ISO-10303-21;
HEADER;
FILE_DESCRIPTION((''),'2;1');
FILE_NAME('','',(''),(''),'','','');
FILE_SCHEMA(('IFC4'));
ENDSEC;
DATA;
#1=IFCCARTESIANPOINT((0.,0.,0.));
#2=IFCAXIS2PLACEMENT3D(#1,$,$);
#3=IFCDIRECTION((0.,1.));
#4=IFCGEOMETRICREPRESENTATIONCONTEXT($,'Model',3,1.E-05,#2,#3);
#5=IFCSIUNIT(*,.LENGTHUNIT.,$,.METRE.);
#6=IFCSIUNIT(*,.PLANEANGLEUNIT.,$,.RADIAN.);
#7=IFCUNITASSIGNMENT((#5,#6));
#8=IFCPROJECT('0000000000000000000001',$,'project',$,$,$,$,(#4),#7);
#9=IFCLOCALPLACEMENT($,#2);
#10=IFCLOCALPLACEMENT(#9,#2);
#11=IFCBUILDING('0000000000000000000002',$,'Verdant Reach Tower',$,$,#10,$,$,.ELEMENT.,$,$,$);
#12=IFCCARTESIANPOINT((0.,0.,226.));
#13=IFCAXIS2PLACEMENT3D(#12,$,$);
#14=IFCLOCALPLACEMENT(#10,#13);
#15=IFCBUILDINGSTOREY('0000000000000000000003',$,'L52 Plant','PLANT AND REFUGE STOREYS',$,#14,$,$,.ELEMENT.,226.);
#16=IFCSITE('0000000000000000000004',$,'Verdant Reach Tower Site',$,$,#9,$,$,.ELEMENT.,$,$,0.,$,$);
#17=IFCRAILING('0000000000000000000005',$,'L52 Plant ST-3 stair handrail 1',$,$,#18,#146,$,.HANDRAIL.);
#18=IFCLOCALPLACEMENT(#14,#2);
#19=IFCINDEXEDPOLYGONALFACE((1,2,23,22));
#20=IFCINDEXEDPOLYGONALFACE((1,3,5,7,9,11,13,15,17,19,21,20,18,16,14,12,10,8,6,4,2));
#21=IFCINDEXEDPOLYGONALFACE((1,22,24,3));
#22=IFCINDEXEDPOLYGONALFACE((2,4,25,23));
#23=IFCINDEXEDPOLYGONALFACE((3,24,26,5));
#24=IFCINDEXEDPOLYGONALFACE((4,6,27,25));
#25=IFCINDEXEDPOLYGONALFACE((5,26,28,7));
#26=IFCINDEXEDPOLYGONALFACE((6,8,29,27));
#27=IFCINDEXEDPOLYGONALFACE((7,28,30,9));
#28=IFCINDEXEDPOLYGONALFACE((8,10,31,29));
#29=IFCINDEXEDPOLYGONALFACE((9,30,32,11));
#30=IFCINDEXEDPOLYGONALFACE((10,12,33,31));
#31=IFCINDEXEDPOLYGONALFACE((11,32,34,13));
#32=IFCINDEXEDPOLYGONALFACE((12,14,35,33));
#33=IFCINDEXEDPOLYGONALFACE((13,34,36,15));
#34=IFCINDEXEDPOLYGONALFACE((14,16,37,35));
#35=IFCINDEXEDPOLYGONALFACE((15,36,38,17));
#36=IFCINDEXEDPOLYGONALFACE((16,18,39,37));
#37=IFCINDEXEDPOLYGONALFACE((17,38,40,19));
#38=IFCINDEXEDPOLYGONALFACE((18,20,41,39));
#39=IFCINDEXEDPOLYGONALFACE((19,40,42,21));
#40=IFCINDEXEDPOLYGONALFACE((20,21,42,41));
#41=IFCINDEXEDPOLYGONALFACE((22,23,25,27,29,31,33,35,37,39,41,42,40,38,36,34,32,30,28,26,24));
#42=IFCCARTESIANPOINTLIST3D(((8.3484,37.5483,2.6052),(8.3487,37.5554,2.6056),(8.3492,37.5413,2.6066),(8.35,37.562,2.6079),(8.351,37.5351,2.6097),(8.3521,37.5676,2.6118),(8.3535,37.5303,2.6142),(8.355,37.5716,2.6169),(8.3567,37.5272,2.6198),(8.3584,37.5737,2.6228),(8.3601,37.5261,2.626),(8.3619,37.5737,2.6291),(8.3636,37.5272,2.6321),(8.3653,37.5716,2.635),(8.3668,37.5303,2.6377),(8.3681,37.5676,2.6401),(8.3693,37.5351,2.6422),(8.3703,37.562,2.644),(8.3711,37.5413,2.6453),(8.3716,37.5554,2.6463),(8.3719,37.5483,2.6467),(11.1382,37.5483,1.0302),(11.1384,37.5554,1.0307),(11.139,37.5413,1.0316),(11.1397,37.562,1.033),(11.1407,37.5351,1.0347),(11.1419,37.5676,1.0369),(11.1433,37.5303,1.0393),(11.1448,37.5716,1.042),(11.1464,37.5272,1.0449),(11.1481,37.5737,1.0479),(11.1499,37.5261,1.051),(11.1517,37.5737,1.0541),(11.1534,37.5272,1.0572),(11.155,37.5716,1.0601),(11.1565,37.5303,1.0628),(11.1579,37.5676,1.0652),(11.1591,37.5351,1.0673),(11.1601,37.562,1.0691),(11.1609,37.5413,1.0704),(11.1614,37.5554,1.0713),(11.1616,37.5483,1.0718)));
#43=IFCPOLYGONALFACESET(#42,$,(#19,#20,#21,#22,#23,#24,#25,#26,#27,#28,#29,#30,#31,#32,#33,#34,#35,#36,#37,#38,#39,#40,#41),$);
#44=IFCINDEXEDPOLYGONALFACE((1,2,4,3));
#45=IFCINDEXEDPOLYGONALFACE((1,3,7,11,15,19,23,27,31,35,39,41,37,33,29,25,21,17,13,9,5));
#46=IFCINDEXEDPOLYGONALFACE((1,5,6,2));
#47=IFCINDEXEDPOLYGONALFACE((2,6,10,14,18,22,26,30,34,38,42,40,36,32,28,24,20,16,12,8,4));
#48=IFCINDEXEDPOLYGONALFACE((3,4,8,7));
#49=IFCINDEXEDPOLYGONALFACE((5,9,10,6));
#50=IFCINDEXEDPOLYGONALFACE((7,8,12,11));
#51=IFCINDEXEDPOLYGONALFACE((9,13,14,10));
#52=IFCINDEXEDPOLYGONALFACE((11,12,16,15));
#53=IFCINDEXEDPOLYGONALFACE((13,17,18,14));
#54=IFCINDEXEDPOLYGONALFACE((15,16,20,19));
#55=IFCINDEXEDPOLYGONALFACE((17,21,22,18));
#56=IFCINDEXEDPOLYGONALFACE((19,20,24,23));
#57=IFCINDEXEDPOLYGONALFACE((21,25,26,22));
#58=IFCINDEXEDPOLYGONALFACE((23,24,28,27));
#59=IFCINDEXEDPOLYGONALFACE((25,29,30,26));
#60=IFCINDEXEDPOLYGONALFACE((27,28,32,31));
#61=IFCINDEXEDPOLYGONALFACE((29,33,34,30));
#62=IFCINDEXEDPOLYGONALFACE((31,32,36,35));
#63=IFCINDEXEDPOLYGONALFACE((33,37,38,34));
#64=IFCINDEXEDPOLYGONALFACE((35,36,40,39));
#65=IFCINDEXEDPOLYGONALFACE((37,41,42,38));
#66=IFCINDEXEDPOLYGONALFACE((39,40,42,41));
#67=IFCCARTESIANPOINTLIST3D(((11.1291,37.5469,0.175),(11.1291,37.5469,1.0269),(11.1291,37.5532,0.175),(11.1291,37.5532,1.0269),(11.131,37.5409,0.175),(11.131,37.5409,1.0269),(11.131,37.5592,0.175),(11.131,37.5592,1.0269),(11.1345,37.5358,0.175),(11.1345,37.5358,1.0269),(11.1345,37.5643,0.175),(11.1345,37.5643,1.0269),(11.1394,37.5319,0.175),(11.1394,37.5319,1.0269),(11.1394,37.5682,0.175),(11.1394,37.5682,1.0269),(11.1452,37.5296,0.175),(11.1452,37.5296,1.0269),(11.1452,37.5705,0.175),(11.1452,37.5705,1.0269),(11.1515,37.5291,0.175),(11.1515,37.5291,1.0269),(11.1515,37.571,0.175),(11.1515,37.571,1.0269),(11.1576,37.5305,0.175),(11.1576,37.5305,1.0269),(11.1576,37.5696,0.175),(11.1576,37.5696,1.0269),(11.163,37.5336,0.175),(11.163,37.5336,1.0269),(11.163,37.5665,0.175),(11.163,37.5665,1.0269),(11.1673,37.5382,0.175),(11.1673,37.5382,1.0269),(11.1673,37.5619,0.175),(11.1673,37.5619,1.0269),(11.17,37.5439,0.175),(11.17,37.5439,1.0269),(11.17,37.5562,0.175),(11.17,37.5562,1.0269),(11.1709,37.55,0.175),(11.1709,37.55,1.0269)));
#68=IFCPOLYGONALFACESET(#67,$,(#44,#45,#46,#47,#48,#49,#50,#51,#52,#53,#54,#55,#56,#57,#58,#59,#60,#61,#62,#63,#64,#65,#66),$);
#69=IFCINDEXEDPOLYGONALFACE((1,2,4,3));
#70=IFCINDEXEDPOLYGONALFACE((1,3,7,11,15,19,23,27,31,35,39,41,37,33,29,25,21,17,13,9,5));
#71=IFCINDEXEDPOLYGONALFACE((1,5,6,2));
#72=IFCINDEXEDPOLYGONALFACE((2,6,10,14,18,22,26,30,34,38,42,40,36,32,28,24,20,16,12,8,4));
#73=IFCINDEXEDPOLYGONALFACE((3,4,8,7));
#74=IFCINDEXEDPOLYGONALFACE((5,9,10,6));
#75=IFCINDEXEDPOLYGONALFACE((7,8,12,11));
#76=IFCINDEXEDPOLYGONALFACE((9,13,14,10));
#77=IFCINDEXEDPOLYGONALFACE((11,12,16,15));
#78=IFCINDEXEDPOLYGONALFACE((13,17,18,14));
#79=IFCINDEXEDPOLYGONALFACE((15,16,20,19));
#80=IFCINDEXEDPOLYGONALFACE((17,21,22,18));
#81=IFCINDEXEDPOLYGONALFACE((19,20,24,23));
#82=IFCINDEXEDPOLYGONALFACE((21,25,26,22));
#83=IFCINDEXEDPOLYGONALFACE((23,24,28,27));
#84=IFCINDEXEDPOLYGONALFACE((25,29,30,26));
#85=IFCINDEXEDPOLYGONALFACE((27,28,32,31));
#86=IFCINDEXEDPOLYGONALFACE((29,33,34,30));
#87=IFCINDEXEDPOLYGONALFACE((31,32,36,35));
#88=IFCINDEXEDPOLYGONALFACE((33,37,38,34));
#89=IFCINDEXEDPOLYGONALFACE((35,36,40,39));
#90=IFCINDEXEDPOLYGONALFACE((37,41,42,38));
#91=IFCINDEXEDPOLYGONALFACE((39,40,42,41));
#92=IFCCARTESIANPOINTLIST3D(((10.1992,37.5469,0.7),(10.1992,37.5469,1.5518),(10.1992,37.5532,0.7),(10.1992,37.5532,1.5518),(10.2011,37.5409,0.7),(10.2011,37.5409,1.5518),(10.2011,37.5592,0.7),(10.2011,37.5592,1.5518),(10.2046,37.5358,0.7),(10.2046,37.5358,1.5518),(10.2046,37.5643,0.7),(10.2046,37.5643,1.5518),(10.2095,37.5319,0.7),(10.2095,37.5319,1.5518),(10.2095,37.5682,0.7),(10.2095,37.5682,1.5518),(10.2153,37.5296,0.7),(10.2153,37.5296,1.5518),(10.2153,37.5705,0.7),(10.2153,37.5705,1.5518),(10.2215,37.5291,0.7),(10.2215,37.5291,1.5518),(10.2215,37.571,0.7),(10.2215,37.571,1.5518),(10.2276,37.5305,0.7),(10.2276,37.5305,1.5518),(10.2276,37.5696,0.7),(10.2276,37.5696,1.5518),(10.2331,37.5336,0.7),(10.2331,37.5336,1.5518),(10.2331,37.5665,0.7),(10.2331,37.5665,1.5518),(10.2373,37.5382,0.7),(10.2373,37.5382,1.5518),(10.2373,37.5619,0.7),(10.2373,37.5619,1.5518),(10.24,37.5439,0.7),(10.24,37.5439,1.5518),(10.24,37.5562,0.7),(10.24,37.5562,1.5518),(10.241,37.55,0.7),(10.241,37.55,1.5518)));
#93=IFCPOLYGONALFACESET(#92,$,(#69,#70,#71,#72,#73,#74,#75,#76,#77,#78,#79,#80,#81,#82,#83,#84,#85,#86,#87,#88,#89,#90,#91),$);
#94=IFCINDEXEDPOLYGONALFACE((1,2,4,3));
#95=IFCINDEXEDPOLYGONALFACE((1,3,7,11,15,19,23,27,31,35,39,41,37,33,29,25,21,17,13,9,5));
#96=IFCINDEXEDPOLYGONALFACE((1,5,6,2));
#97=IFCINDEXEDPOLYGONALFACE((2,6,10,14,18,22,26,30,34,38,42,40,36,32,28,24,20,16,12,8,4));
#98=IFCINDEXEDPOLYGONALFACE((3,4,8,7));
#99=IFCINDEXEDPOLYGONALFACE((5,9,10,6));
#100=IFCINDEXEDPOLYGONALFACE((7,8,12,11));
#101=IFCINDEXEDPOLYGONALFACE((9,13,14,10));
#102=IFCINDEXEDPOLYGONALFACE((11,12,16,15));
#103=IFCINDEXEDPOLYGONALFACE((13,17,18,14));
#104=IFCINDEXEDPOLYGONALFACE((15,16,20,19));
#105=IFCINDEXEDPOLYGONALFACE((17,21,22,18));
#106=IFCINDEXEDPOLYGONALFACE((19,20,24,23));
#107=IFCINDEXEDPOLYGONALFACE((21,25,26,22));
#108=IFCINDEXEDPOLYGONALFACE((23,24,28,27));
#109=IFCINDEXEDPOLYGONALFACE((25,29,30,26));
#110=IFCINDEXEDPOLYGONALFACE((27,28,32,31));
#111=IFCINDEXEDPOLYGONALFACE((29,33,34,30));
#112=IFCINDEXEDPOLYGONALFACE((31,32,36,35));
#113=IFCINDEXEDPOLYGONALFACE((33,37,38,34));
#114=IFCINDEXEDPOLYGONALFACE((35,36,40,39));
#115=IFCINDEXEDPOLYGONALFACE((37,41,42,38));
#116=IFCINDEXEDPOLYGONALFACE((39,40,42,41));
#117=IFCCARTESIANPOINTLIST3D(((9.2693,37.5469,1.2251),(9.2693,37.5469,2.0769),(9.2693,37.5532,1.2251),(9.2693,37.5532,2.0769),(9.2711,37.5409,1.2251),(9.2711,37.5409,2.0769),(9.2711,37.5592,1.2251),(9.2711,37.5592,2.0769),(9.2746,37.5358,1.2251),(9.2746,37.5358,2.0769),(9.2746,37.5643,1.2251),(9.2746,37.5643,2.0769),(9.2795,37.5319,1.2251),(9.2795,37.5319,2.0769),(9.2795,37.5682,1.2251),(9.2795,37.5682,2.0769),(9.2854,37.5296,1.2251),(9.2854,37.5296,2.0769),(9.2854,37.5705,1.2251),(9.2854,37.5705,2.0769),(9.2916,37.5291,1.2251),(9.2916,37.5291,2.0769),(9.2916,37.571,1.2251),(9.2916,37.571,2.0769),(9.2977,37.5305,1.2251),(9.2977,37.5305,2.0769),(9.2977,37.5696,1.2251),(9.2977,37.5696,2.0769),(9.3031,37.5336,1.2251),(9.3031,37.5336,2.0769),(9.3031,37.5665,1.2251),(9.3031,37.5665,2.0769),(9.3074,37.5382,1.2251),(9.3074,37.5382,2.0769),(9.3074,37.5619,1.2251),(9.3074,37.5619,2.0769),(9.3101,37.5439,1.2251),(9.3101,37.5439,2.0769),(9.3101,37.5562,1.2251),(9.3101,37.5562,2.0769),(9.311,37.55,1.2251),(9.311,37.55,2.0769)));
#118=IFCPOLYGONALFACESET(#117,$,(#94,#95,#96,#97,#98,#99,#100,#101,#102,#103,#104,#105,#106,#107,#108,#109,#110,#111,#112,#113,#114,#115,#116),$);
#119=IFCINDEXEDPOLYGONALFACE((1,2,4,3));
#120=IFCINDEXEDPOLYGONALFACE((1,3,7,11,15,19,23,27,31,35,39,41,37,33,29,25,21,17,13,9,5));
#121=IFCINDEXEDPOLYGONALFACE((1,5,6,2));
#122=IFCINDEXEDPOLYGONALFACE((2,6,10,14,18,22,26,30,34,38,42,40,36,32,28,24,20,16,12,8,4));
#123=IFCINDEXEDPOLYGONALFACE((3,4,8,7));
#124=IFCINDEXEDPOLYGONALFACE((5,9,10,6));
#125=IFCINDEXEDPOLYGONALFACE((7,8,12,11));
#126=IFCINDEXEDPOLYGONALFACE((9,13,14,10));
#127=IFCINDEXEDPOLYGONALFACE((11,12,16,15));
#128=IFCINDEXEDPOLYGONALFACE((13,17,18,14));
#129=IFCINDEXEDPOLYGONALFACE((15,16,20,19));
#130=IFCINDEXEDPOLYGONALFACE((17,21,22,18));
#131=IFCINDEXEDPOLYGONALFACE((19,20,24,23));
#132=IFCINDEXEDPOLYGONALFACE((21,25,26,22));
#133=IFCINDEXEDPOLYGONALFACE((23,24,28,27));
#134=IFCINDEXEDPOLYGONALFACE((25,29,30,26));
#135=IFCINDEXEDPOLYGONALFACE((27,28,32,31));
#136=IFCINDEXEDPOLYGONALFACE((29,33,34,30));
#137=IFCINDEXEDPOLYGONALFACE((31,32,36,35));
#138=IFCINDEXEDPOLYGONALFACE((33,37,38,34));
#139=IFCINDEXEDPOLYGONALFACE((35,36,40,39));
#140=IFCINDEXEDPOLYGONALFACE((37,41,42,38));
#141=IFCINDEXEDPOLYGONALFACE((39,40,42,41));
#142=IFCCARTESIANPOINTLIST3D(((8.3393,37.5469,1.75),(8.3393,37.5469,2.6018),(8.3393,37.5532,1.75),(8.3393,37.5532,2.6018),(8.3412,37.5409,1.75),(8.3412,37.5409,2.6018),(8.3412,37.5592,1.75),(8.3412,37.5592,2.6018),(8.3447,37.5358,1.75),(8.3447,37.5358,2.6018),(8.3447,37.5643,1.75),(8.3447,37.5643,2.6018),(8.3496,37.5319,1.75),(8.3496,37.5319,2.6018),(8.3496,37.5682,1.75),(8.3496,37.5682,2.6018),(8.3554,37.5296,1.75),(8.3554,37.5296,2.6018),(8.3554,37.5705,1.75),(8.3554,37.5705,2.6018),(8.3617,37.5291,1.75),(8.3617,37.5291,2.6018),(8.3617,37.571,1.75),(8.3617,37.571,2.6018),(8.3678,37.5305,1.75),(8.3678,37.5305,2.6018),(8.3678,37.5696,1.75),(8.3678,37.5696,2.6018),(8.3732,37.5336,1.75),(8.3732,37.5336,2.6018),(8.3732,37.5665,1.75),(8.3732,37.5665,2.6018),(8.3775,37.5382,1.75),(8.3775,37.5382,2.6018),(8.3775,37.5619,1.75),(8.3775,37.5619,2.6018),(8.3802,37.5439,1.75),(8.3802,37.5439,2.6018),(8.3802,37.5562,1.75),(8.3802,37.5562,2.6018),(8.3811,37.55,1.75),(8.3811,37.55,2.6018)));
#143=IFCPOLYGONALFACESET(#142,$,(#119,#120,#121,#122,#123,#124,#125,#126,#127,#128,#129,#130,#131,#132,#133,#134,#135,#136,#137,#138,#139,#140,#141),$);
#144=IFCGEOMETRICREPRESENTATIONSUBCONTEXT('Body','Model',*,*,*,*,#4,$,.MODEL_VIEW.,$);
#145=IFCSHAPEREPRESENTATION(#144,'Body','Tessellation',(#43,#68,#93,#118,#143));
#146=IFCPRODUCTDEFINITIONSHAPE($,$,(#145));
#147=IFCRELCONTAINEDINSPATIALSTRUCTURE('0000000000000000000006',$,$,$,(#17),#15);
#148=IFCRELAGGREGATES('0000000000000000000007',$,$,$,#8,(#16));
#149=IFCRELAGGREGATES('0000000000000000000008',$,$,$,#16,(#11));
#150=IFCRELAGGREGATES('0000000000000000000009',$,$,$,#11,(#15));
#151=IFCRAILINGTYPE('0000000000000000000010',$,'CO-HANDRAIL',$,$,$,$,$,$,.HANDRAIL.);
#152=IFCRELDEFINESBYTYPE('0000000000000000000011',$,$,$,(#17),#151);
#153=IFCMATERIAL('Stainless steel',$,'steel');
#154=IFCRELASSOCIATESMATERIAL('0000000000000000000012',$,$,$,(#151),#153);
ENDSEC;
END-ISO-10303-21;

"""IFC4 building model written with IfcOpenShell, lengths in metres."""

from ifc_helpers import new_model, si_unit, direction, frame, origin, origin_2d, place, context, subcontext, project, spatial, circle, extrude, material, type_object, element, save


model = new_model("IFC4")

# Units and contexts
model_context = context("Model", 3, precision=1e-05, world=origin(), true_north=direction((0.0, 1.0)))
body_context = subcontext(model_context, "Body", "Model", "MODEL_VIEW")
ifc_project = project(units=[si_unit("LENGTHUNIT", "METRE"), si_unit("PLANEANGLEUNIT", "RADIAN")], contexts=[model_context])

# Site, building, storey
site_placement = place(None, origin())
site = spatial("IfcSite", under=ifc_project, at=site_placement, Name="Verdant Reach Tower Site", CompositionType="ELEMENT", RefElevation=0.0)
building_placement = place(site_placement, origin())
building = spatial("IfcBuilding", under=site, at=building_placement, Name="Verdant Reach Tower", CompositionType="ELEMENT")
storey_placement = place(building_placement, frame((0.0, 0.0, 226.0)))
storey = spatial("IfcBuildingStorey", under=building, at=storey_placement, Name="L52 Plant", Description="PLANT AND REFUGE STOREYS", CompositionType="ELEMENT", Elevation=226.0)

# Railing
ifc_material_1 = material(Name="Stainless steel", Category="steel")
railing_type = type_object("IfcRailingType", Name="CO-HANDRAIL", PredefinedType="HANDRAIL", material=ifc_material_1)
for number, where, name in (
    (1, (11.1499, 37.55, 0.175), "L52 Plant ST-3 stair handrail 1"),
):
    element("IfcRailing", number, at=place(storey_placement, frame(where)), inside=storey, type_object=railing_type, Name=name, PredefinedType="HANDRAIL", context=body_context, shape_type="SweptSolid", body=[
        extrude(circle(Radius=0.0239, at=origin_2d()), frame((0.0, 0.0, 0.876), z_axis=(-0.870815, 0.0, 0.49161), x_axis=(0.0, -1.0, 0.0)), (0.0, 0.0, 1.0), 3.2036),
        extrude(circle(Radius=0.021, at=origin_2d()), origin(), (0.0, 0.0, 1.0), 0.8518),
        extrude(circle(Radius=0.021, at=origin_2d()), frame((-0.9299, 0.0, 0.5249)), (0.0, 0.0, 1.0), 0.8518),
        extrude(circle(Radius=0.021, at=origin_2d()), frame((-1.8599, 0.0, 1.05)), (0.0, 0.0, 1.0), 0.8518),
        extrude(circle(Radius=0.021, at=origin_2d()), frame((-2.7898, 0.0, 1.575)), (0.0, 0.0, 1.0), 0.8518),
    ])

save(model, "model.ifc")
